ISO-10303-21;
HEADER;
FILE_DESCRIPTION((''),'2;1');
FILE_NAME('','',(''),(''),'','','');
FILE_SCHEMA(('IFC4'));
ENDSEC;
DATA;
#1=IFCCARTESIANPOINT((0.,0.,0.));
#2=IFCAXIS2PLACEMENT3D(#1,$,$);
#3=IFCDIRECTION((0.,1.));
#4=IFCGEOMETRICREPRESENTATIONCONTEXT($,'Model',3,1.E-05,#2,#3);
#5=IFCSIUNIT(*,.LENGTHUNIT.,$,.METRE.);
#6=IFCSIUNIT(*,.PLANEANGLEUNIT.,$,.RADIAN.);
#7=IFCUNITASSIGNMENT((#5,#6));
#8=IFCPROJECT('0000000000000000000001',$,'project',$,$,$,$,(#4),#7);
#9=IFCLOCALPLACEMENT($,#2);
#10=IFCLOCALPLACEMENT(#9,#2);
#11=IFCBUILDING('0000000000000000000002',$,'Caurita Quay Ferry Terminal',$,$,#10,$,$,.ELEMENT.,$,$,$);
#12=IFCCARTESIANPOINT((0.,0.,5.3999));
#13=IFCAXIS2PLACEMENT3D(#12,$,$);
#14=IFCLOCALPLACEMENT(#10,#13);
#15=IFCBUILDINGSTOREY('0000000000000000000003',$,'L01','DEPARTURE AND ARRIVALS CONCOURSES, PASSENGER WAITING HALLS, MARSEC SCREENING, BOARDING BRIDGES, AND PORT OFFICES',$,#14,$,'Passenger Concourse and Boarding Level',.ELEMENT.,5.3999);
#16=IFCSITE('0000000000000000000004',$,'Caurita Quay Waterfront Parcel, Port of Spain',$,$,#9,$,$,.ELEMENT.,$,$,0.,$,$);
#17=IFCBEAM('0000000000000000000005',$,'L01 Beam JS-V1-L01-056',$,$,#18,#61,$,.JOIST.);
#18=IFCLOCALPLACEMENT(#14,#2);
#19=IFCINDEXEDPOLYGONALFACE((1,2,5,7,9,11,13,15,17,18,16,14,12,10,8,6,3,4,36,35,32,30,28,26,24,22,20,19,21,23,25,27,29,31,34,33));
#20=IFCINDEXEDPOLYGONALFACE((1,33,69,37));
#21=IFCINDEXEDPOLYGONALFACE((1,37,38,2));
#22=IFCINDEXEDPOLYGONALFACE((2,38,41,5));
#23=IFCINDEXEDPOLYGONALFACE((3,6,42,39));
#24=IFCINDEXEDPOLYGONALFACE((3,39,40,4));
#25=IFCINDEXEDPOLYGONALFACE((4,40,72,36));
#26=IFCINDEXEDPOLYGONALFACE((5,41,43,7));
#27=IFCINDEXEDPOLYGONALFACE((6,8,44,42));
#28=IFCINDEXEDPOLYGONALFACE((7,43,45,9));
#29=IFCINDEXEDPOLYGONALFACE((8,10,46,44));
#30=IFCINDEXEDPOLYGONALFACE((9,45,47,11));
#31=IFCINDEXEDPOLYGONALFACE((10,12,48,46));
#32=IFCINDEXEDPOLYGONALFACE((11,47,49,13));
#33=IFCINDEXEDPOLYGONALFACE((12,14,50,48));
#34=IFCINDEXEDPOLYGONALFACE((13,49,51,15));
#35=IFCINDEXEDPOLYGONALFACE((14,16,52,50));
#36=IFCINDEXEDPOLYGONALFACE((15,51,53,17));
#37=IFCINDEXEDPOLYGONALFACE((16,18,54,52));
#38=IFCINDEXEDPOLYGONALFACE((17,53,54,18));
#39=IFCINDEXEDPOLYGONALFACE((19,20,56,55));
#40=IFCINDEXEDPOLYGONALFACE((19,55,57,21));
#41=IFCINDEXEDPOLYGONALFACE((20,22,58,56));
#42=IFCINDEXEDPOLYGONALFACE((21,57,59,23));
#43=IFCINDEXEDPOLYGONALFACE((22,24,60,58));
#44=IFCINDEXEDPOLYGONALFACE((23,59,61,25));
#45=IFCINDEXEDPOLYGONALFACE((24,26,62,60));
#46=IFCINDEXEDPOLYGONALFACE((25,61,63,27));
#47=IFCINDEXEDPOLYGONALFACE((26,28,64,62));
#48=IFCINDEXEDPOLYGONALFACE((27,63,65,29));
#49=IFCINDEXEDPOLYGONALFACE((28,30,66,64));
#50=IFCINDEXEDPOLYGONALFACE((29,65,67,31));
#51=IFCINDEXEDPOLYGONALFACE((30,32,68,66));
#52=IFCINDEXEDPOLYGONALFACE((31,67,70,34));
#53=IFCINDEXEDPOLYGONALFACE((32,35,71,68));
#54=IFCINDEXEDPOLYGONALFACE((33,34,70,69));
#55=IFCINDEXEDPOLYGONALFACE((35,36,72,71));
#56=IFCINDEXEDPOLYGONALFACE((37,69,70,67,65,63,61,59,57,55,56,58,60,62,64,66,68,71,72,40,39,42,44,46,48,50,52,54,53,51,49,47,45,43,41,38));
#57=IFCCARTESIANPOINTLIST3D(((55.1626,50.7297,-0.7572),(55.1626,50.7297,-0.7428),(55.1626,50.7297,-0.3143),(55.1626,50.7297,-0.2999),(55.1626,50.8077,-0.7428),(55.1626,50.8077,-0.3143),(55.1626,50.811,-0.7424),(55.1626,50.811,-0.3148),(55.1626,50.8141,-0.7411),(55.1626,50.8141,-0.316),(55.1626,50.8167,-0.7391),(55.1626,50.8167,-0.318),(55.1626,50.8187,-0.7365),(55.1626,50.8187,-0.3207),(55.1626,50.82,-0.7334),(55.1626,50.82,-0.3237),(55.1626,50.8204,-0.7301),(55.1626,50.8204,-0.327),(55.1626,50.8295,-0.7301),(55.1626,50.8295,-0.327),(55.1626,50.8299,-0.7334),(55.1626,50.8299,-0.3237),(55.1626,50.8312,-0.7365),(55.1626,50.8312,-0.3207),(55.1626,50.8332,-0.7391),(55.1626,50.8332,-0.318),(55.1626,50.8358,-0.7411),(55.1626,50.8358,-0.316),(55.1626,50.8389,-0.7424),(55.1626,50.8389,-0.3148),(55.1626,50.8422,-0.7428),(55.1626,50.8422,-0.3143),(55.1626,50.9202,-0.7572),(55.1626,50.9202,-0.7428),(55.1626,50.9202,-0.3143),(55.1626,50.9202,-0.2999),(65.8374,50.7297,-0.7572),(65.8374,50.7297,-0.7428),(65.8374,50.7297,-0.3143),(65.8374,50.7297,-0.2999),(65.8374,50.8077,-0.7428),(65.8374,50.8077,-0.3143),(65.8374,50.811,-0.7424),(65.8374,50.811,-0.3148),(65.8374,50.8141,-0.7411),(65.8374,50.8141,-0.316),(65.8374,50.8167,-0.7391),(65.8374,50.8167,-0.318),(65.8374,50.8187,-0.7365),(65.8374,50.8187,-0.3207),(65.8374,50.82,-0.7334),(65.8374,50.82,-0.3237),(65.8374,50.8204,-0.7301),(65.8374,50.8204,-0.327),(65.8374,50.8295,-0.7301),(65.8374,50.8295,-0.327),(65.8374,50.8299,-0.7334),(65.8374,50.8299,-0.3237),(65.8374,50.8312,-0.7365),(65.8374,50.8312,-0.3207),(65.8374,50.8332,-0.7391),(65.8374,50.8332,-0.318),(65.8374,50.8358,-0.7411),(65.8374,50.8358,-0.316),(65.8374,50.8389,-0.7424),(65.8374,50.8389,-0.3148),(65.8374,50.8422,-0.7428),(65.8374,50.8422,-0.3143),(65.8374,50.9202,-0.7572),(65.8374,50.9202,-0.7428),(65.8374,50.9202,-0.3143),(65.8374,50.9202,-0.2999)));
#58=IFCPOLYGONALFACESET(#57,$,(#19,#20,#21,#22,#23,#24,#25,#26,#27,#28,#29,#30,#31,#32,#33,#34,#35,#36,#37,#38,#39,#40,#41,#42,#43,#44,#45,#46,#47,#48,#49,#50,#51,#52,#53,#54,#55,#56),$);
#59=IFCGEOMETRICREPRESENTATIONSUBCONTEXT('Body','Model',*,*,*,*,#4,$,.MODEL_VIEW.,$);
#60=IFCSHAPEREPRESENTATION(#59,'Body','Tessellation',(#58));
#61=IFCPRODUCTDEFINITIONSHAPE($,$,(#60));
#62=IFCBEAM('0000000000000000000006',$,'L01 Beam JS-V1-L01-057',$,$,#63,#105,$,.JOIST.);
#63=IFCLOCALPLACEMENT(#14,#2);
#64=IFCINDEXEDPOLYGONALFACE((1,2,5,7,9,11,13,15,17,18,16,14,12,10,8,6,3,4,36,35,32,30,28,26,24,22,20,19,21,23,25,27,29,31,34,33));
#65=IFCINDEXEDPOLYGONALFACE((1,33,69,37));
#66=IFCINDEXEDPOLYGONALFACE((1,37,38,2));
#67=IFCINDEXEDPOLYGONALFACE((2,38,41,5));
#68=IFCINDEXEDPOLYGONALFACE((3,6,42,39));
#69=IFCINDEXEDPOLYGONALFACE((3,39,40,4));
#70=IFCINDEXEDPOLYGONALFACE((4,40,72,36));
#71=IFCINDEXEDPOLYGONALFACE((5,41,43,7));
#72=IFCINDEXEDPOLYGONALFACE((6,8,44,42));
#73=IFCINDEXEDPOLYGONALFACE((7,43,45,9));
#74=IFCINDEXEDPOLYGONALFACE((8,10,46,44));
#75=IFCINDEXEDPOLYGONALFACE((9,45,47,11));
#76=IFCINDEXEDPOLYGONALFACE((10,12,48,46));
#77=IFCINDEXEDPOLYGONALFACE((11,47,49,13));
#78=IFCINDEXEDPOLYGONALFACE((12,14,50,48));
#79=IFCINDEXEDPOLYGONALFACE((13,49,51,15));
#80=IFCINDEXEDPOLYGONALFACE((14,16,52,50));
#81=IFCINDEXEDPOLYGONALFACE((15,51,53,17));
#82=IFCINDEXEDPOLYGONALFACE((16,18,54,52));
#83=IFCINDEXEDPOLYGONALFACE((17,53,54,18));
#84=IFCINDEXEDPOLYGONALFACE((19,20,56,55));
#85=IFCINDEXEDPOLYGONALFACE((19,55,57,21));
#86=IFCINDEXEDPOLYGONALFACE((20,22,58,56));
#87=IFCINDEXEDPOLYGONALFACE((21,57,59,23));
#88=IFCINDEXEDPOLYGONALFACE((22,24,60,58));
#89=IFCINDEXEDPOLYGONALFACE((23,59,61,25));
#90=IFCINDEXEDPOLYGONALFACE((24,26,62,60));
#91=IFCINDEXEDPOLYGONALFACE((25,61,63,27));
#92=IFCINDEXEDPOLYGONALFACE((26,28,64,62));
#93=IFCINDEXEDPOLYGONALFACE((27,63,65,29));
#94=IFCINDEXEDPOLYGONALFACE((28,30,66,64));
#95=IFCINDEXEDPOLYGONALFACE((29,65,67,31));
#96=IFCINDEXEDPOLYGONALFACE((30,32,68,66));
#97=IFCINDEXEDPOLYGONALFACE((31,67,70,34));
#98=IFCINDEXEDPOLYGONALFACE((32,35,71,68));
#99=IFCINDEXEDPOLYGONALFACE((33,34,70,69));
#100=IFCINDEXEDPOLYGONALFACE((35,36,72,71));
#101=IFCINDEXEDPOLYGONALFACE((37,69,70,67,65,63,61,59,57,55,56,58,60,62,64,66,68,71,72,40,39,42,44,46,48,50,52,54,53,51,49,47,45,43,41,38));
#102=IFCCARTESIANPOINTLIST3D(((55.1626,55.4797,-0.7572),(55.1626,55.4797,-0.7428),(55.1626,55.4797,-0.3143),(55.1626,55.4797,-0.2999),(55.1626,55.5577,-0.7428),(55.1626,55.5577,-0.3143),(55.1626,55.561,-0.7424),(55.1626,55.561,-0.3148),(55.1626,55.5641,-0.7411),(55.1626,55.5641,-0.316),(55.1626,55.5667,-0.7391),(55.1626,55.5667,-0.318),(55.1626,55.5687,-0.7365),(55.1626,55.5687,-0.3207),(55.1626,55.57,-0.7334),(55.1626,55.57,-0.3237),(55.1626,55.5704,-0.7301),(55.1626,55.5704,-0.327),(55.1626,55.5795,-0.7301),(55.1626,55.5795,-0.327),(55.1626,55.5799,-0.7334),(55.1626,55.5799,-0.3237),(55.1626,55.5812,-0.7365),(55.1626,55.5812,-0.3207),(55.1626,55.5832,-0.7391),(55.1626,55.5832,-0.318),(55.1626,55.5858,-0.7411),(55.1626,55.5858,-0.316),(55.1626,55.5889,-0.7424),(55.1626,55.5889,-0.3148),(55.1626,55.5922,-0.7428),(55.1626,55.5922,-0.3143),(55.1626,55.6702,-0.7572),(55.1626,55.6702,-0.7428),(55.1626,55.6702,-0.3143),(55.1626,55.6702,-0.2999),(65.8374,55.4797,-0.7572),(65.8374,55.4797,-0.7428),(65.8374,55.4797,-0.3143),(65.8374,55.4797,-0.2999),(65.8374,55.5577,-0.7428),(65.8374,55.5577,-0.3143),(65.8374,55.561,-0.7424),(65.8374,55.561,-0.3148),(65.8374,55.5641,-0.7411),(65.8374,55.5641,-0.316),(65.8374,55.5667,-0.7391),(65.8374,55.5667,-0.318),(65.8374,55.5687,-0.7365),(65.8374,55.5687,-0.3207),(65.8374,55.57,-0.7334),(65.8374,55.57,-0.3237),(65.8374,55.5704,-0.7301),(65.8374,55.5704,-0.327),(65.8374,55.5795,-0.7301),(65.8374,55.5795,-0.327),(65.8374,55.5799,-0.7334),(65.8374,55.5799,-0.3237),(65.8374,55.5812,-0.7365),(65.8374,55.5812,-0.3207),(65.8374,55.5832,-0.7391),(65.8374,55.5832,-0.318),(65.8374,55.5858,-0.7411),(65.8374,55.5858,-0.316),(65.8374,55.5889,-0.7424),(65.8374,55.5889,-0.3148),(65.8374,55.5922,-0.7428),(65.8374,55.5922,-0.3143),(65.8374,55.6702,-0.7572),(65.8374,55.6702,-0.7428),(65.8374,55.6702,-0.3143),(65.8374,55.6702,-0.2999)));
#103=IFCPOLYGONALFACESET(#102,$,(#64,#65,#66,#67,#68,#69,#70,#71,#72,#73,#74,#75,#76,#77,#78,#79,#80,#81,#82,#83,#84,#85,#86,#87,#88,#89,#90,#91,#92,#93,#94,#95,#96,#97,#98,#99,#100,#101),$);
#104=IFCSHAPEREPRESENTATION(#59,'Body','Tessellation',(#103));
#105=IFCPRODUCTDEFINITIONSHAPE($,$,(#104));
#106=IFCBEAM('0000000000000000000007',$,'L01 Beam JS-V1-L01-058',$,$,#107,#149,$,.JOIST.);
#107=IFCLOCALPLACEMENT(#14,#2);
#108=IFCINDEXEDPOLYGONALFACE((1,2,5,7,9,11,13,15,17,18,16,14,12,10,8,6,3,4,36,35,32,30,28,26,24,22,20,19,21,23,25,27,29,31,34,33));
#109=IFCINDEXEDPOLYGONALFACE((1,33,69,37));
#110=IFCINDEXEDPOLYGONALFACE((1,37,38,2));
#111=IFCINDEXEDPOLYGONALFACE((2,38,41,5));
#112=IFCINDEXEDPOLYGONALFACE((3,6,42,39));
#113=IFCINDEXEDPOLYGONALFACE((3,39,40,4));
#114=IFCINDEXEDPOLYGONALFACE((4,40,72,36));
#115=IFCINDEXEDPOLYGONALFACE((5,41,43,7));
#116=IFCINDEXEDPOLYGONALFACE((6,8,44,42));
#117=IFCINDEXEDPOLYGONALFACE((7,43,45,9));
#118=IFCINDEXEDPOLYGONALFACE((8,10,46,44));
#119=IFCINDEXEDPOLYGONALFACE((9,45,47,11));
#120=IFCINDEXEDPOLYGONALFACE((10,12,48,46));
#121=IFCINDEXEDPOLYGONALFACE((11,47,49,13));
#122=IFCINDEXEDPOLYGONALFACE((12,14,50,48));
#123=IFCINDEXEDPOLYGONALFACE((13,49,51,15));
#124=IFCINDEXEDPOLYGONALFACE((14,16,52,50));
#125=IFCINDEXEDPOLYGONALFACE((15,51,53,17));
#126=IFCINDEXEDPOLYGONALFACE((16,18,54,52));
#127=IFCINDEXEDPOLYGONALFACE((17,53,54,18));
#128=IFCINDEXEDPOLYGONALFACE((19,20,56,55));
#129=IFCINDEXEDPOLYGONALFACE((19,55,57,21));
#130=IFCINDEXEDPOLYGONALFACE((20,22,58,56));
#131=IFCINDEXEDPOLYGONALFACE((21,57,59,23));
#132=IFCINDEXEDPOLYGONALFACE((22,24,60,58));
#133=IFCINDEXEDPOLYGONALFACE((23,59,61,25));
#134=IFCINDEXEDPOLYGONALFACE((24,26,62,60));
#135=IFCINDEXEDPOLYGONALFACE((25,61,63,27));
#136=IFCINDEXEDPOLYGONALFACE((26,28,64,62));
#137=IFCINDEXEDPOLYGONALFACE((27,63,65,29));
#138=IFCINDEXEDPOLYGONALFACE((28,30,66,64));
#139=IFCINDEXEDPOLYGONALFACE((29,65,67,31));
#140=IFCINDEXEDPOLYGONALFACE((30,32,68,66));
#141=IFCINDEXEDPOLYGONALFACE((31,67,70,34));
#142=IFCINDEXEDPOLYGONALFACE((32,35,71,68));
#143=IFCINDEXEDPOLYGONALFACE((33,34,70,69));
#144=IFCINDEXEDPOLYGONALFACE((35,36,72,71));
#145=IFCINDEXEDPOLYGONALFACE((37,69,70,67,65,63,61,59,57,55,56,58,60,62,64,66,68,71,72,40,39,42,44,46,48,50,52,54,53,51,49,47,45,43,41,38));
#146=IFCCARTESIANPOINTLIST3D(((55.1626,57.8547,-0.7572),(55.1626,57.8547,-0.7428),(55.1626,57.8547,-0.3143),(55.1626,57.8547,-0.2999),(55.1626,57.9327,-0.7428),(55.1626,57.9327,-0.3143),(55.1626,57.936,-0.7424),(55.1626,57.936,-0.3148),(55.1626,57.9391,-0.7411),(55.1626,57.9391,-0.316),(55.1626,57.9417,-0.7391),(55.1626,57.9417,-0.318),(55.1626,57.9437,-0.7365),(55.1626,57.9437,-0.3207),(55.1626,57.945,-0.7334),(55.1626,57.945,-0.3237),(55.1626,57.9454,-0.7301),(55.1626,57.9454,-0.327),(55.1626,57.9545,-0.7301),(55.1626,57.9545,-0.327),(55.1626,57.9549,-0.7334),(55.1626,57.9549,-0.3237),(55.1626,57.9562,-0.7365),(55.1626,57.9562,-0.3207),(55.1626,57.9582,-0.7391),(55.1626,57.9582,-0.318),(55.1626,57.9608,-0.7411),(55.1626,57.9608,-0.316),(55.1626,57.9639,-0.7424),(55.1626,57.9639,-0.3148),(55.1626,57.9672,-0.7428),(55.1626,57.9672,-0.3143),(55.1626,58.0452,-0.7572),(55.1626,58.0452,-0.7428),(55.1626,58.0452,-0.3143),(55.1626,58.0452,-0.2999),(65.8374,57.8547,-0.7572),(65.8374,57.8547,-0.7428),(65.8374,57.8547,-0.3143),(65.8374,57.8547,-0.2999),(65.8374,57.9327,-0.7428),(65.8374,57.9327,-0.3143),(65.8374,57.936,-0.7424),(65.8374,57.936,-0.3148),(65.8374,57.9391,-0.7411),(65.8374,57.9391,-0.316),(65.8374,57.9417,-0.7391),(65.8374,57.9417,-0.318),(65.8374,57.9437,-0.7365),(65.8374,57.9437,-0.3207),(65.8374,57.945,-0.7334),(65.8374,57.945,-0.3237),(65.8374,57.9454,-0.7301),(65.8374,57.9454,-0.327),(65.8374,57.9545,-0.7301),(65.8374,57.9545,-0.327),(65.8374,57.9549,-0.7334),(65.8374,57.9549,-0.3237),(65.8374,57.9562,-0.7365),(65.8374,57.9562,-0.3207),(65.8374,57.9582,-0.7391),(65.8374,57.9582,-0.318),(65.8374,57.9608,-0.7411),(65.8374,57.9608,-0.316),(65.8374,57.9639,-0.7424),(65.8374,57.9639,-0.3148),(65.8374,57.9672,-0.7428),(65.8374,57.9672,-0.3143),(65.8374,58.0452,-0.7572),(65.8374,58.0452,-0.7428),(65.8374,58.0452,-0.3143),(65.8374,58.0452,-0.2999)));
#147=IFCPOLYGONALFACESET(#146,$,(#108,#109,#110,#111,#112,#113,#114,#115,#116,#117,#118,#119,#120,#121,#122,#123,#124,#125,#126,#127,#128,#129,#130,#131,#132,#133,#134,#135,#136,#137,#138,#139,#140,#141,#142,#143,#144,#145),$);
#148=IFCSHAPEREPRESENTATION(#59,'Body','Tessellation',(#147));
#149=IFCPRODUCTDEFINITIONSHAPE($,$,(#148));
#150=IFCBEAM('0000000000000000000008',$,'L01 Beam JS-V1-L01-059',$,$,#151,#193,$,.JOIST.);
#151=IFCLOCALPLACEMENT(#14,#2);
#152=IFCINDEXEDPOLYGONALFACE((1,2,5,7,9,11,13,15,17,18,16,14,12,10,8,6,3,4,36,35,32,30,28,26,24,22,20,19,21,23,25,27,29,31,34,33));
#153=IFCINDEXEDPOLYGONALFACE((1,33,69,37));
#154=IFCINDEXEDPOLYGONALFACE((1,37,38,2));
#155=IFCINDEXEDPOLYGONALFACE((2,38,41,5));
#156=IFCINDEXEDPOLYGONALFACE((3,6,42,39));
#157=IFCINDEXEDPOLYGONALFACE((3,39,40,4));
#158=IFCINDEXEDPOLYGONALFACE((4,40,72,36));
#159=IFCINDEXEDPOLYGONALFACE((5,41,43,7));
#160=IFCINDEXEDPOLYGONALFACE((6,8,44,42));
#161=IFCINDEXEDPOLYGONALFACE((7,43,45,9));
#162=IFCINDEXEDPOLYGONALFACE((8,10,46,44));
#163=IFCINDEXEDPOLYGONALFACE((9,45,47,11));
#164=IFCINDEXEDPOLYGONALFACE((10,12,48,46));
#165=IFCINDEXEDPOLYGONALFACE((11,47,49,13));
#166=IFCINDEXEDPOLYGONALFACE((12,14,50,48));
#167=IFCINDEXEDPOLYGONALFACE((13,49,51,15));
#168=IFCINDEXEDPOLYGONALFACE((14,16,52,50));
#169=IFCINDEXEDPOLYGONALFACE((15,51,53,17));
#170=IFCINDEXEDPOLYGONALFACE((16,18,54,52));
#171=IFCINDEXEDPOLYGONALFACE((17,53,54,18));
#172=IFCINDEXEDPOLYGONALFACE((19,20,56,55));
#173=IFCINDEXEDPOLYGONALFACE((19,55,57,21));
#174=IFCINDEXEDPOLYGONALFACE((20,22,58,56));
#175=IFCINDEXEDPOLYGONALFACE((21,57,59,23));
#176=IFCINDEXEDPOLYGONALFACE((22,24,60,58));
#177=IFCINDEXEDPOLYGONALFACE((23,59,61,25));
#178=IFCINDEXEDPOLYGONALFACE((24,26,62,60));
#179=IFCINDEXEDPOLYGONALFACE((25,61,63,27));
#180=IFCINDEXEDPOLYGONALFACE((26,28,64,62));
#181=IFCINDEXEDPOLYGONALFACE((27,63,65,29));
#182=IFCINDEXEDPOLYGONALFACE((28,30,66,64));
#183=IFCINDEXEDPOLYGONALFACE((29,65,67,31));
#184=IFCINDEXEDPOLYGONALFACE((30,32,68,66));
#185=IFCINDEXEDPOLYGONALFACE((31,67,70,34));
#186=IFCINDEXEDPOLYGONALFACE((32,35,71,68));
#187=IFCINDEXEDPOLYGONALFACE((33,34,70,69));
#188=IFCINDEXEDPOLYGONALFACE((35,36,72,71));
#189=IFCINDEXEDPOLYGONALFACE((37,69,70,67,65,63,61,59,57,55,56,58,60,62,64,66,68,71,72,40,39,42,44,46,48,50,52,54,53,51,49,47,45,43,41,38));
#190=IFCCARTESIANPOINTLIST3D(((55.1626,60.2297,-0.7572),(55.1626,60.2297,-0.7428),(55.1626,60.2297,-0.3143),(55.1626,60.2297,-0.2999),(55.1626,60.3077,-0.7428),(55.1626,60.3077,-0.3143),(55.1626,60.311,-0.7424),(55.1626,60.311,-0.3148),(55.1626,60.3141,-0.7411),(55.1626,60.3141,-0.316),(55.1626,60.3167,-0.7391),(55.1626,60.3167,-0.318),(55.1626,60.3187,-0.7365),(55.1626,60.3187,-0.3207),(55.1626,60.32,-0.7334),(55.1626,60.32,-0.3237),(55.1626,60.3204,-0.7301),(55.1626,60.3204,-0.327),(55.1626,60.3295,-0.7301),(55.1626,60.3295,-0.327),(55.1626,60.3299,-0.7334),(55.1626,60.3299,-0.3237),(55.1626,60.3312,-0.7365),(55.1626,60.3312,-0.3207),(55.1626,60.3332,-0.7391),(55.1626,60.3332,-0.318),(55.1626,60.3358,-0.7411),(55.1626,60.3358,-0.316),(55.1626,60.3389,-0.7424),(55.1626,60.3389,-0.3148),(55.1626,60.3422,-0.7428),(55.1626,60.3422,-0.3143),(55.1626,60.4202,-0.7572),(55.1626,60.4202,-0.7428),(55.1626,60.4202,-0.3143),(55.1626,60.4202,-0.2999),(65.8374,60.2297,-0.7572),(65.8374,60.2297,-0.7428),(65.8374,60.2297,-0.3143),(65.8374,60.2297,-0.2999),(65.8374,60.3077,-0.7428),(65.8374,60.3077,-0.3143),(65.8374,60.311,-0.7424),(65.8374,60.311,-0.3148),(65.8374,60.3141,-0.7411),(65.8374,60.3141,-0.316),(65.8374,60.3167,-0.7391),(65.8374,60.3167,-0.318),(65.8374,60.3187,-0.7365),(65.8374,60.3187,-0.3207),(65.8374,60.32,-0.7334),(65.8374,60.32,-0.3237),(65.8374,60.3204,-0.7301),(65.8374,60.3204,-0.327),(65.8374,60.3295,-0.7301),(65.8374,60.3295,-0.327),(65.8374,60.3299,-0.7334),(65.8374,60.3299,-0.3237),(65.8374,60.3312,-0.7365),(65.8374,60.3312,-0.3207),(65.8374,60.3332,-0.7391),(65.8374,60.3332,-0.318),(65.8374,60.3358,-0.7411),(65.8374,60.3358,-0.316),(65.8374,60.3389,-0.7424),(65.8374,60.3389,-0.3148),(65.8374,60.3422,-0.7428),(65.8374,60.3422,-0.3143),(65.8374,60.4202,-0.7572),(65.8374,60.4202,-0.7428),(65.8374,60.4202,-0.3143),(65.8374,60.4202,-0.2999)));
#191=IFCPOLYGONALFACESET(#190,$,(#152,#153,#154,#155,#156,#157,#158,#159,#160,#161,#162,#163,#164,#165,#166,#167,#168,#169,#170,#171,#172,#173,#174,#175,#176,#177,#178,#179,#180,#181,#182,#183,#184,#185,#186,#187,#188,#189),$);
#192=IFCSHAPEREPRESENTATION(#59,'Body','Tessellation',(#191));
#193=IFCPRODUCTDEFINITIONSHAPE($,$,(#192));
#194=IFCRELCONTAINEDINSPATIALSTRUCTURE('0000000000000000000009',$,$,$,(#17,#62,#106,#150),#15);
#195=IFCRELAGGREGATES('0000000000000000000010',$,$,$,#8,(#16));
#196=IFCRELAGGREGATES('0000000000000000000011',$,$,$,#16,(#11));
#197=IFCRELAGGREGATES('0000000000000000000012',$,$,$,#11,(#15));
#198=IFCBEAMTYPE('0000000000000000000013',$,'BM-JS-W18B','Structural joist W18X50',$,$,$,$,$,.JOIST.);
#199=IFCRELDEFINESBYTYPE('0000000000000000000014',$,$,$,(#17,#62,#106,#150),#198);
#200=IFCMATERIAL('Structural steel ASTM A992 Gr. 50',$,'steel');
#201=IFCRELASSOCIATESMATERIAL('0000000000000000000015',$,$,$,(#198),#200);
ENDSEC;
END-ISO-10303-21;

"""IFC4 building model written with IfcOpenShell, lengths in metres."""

from ifc_helpers import new_model, si_unit, direction, frame, origin, origin_2d, place, context, subcontext, project, spatial, i_section, extrude, material, material_profile, profile_set, type_object, element, save


model = new_model("IFC4")

# Units and contexts
model_context = context("Model", 3, precision=1e-05, world=origin(), true_north=direction((0.0, 1.0)))
body_context = subcontext(model_context, "Body", "Model", "MODEL_VIEW")
ifc_project = project(units=[si_unit("LENGTHUNIT", "METRE"), si_unit("PLANEANGLEUNIT", "RADIAN")], contexts=[model_context])

# Site, building, storey
site_placement = place(None, origin())
site = spatial("IfcSite", under=ifc_project, at=site_placement, Name="Caurita Quay Waterfront Parcel, Port of Spain", CompositionType="ELEMENT", RefElevation=0.0)
building_placement = place(site_placement, origin())
building = spatial("IfcBuilding", under=site, at=building_placement, Name="Caurita Quay Ferry Terminal", CompositionType="ELEMENT")
storey_placement = place(building_placement, frame((0.0, 0.0, 5.3999)))
storey = spatial("IfcBuildingStorey", under=building, at=storey_placement, Name="L01", Description="DEPARTURE AND ARRIVALS CONCOURSES, PASSENGER WAITING HALLS, MARSEC SCREENING, BOARDING BRIDGES, AND PORT OFFICES", LongName="Passenger Concourse and Boarding Level", CompositionType="ELEMENT", Elevation=5.3999)

# Beams
ifc_material_1 = material(Name="Structural steel ASTM A992 Gr. 50", Category="steel")
ifc_material_profile_1 = material_profile(ifc_material_1, i_section(OverallWidth=0.1904, OverallDepth=0.4573, WebThickness=0.009, FlangeThickness=0.0144, FilletRadius=0.0127, at=origin_2d()), Name="W18X50")
ifc_profile_set_1 = profile_set([ifc_material_profile_1], Name="Structural steel ASTM A992 Gr. 50")
beam_type_1 = type_object("IfcBeamType", Name="BM-JS-W18B", Description="Structural joist W18X50", PredefinedType="JOIST", material=ifc_profile_set_1)
for number, where, z_axis, x_axis, name in (
    (1, (55.1626, 50.825, -0.5286), (1.0, 0.0, 0.0), (0.0, 1.0, 0.0), "L01 Beam JS-V1-L01-056"),
    (2, (55.1626, 55.575, -0.5286), (1.0, 0.0, 0.0), (0.0, 1.0, 0.0), "L01 Beam JS-V1-L01-057"),
    (3, (55.1626, 57.95, -0.5286), (1.0, 0.0, 0.0), (0.0, 1.0, 0.0), "L01 Beam JS-V1-L01-058"),
    (4, (55.1626, 60.325, -0.5286), (1.0, 0.0, 0.0), (0.0, 1.0, 0.0), "L01 Beam JS-V1-L01-059"),
):
    element("IfcBeam", number, at=place(storey_placement, frame(where, z_axis=z_axis, x_axis=x_axis)), inside=storey, type_object=beam_type_1, Name=name, PredefinedType="JOIST", context=body_context, shape_type="SweptSolid", body=[
        extrude(i_section(OverallWidth=0.1904, OverallDepth=0.4573, WebThickness=0.009, FlangeThickness=0.0144, FilletRadius=0.0127, at=origin_2d()), origin(), (0.0, 0.0, 1.0), 10.6748),
    ])

save(model, "model.ifc")
